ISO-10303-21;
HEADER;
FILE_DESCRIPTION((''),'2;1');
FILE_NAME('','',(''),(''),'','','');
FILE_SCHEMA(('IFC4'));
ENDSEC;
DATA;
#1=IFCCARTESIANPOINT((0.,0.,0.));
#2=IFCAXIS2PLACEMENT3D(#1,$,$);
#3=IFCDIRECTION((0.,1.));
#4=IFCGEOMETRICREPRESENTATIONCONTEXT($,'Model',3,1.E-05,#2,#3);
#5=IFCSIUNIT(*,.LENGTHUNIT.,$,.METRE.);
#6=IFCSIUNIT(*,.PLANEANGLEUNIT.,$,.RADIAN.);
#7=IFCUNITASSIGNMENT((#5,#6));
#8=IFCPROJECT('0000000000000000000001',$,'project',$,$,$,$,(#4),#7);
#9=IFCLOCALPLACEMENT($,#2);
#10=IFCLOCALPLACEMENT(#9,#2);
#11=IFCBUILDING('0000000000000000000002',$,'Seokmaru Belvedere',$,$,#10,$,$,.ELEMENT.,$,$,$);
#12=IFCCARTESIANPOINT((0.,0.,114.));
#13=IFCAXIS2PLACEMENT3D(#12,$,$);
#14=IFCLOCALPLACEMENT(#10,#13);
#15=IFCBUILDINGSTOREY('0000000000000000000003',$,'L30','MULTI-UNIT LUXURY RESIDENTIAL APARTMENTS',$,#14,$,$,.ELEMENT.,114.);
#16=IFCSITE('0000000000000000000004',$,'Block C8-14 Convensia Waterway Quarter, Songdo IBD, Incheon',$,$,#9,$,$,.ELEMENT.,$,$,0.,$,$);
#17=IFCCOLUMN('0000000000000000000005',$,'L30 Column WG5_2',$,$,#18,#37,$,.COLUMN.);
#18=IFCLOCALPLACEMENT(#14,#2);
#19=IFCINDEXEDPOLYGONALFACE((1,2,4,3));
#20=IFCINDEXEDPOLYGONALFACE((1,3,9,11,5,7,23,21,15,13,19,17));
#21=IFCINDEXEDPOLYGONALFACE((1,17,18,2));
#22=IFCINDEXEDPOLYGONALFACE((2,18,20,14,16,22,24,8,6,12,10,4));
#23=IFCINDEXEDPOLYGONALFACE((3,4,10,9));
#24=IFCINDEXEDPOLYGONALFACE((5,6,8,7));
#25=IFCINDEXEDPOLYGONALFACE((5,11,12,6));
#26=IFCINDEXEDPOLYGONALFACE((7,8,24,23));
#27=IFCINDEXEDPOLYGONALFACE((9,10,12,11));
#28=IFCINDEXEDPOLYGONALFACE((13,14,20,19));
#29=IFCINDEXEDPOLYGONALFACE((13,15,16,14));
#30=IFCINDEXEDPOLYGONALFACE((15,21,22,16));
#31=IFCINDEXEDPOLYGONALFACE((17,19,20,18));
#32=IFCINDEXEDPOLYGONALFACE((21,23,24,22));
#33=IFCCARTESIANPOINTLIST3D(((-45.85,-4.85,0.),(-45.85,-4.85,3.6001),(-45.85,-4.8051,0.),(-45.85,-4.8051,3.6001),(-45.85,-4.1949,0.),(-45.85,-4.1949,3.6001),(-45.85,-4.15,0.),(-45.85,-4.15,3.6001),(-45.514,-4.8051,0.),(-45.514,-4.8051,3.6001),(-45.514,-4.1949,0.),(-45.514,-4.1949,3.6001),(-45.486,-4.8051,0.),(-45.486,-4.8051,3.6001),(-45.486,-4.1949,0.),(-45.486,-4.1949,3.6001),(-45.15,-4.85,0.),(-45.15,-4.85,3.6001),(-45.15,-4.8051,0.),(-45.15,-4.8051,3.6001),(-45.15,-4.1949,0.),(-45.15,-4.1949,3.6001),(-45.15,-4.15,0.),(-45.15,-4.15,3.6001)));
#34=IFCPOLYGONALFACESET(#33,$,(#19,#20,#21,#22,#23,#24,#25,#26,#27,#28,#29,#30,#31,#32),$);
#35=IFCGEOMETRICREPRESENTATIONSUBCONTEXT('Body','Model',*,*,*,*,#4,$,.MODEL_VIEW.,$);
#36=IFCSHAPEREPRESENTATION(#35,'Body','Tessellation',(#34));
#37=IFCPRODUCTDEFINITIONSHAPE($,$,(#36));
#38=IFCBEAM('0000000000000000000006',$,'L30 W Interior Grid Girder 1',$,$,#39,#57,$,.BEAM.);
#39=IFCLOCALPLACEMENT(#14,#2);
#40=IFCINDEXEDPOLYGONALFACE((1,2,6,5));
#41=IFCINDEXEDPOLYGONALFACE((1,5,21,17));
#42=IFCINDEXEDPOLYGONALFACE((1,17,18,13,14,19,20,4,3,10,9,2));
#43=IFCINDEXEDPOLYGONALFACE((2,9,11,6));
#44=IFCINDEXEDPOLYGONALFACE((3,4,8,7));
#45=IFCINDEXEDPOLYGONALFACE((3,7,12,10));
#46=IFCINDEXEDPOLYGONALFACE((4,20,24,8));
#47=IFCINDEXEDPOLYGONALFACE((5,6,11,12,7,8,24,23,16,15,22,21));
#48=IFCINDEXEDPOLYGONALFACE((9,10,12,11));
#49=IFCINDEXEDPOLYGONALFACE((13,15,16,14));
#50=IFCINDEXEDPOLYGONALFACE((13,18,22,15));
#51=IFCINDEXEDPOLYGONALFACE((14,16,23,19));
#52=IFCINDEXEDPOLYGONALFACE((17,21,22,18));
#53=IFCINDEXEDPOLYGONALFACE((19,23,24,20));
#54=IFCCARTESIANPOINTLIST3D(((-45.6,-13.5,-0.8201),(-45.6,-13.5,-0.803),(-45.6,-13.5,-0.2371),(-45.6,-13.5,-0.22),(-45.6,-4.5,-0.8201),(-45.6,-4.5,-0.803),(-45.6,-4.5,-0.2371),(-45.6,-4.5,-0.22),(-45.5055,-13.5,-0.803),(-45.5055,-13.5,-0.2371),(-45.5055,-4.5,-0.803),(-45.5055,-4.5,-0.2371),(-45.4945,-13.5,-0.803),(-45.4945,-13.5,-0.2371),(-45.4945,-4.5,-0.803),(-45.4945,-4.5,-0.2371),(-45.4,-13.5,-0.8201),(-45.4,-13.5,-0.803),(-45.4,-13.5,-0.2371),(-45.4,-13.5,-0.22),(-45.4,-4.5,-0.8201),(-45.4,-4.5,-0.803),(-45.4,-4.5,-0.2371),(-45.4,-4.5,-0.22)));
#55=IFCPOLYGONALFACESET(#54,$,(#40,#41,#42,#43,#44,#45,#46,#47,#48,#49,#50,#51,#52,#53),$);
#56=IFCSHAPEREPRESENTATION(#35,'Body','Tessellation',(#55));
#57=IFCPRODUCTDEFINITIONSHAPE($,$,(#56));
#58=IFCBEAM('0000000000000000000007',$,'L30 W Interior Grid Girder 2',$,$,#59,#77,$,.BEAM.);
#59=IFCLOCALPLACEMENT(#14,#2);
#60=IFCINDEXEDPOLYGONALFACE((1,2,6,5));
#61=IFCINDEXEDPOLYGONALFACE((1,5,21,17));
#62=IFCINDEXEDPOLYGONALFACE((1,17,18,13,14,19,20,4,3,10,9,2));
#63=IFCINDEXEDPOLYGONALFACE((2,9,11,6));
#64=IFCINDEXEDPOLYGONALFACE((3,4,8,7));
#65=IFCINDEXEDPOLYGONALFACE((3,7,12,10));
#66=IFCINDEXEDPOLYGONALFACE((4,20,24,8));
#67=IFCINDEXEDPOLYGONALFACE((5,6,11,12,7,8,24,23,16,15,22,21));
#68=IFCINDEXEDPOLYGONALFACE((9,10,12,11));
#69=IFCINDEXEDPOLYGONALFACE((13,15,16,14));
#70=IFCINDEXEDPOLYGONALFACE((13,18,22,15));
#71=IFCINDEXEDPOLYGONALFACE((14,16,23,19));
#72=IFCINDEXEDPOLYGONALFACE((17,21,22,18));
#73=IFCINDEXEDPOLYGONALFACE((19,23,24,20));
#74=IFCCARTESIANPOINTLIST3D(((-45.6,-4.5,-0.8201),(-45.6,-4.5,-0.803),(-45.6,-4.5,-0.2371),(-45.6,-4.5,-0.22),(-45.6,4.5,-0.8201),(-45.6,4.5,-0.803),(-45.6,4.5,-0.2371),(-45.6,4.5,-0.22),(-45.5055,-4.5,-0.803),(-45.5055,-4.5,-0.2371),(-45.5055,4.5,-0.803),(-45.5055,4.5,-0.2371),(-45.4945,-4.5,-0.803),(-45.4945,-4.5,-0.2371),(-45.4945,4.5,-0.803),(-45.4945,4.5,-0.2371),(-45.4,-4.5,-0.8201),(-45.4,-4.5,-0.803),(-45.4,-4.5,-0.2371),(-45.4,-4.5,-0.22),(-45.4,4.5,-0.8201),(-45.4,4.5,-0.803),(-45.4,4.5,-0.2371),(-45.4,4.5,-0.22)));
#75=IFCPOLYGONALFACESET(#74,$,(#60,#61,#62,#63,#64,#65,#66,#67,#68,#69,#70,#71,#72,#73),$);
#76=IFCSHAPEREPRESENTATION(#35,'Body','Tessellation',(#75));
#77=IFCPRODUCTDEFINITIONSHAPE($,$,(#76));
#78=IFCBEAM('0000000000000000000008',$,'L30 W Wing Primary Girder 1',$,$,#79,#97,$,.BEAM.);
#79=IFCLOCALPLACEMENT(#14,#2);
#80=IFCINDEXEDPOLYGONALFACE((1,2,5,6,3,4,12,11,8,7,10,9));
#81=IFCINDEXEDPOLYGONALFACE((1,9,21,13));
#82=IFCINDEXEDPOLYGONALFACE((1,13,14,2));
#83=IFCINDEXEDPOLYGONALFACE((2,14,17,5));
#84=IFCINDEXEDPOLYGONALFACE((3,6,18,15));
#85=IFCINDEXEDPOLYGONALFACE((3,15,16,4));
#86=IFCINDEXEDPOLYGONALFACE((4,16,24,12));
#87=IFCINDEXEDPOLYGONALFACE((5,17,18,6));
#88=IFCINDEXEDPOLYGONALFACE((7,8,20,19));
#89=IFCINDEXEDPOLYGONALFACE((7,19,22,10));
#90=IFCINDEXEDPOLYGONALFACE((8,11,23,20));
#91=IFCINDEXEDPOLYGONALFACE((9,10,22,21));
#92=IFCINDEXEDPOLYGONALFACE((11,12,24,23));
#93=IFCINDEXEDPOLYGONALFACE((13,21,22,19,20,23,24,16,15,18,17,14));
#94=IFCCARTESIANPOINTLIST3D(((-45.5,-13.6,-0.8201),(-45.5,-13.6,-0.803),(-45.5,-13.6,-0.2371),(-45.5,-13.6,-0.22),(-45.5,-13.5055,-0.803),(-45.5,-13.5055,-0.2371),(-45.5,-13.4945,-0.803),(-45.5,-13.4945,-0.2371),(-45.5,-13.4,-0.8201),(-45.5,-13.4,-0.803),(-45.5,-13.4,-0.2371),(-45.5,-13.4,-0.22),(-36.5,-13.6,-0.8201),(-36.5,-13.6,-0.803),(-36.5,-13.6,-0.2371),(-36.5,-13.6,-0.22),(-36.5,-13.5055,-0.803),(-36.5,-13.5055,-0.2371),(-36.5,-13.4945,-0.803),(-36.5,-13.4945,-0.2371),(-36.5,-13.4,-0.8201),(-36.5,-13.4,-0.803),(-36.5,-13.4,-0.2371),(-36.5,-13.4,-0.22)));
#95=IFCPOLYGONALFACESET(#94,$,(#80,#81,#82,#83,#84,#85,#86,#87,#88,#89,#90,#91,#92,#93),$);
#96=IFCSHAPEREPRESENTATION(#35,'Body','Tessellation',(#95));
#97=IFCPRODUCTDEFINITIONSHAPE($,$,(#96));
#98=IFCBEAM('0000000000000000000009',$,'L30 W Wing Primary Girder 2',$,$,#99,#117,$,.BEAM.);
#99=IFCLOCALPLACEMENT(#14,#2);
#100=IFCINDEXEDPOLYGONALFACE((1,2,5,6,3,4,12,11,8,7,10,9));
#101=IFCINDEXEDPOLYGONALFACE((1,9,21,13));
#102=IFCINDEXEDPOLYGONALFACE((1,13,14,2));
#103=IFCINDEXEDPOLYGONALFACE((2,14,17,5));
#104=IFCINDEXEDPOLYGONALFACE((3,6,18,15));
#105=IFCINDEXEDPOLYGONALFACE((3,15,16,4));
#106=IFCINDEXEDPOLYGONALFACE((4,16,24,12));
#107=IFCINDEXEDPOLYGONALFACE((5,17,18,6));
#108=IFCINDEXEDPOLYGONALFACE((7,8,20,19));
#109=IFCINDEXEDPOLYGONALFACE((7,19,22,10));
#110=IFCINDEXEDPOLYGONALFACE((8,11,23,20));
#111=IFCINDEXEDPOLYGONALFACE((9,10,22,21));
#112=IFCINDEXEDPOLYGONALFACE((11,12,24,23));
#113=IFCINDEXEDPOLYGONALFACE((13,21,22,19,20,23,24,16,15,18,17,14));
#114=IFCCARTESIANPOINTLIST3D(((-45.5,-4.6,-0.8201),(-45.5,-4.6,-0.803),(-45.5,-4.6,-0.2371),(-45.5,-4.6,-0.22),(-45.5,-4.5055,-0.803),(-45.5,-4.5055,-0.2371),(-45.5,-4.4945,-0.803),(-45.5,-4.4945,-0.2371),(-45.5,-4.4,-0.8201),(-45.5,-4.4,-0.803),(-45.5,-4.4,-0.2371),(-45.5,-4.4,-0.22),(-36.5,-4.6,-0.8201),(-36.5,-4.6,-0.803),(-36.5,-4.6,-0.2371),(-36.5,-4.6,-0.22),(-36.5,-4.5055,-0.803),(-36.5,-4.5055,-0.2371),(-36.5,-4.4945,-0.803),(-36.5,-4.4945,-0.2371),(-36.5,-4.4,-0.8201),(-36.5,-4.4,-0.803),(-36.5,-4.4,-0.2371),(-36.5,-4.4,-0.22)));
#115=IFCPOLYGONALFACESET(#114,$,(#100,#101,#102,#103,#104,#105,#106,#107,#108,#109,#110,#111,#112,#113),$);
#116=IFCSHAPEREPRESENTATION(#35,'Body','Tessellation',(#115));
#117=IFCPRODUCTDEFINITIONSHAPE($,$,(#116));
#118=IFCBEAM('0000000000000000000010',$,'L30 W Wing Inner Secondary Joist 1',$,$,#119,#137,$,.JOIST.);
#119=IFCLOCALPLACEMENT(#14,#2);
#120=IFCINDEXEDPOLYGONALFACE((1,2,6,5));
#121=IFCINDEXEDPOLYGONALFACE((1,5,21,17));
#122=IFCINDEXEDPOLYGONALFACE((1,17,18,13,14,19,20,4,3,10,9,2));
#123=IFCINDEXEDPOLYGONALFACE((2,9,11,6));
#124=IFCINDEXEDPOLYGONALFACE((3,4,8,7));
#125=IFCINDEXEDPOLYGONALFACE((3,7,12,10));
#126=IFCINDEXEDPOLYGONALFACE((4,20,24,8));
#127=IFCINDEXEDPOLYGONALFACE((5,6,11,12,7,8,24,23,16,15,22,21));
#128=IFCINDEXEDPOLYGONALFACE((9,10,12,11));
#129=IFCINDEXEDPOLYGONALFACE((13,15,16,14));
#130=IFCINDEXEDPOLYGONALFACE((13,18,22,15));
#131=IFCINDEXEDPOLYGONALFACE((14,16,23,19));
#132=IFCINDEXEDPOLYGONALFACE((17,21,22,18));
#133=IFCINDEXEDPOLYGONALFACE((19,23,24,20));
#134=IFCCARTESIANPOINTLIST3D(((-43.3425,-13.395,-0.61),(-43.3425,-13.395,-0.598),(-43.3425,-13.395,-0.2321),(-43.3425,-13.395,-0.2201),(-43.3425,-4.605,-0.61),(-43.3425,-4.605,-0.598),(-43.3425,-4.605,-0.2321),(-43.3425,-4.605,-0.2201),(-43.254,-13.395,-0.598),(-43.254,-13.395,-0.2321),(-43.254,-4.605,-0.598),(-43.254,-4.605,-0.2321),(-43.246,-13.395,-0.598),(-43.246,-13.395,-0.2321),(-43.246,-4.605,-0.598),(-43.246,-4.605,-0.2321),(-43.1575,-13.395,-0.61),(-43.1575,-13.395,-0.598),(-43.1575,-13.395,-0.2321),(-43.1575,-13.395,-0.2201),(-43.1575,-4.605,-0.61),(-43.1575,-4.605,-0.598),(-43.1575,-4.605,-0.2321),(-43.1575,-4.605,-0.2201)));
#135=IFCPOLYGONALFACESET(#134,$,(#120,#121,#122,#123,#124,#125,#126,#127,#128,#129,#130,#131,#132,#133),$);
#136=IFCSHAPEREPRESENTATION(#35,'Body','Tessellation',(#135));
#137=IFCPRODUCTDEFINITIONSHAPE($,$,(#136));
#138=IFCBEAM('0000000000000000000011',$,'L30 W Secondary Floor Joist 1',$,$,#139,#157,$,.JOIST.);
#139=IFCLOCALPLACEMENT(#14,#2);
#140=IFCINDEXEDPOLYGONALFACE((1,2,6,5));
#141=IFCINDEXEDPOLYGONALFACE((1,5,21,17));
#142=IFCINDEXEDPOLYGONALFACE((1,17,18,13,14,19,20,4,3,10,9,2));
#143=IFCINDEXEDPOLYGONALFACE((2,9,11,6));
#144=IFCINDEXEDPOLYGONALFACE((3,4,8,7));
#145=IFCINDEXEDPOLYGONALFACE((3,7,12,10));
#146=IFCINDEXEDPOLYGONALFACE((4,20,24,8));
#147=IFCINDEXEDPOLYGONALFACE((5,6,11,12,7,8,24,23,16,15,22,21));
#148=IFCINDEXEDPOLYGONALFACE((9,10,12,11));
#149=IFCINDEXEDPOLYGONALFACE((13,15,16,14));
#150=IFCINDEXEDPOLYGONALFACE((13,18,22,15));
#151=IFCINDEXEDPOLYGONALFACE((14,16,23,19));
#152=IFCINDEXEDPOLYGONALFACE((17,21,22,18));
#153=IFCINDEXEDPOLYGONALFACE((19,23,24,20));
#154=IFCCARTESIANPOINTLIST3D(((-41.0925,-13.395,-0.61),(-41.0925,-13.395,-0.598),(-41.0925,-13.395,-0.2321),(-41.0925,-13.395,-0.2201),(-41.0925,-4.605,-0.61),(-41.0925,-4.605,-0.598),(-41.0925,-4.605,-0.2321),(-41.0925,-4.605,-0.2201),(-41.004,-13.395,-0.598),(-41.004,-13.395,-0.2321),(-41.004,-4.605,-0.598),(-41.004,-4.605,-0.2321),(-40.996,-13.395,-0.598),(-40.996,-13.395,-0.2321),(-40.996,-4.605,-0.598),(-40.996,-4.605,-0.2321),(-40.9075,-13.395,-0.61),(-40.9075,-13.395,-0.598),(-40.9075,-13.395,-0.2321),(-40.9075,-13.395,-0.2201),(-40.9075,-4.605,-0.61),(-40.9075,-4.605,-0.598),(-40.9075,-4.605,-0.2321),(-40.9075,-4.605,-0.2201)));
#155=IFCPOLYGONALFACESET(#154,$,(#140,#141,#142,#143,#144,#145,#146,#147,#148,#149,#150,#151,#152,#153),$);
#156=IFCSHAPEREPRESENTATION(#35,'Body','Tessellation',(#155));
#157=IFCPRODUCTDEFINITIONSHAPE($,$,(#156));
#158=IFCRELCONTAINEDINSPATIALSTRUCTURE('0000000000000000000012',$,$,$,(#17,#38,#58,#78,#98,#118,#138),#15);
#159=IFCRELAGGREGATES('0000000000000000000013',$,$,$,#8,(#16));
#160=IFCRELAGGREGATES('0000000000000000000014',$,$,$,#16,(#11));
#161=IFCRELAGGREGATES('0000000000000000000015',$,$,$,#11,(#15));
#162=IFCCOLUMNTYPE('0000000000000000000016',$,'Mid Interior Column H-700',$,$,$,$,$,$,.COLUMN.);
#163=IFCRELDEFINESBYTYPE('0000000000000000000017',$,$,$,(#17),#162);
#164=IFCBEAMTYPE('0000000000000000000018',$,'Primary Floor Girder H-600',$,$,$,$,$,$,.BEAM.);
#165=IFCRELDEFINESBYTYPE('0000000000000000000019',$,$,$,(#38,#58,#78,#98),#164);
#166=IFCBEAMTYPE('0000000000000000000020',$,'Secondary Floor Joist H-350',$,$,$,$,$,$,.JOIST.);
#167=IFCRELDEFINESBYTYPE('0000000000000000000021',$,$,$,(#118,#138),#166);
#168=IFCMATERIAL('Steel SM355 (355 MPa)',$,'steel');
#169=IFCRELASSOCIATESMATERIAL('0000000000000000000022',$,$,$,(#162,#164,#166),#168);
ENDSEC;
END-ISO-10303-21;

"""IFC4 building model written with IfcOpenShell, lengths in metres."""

from ifc_helpers import new_model, si_unit, direction, frame, origin, origin_2d, place, context, subcontext, project, spatial, i_section, extrude, source, transform, mapped, material, material_profile, profile_set, type_object, type_shapes, element, save


model = new_model("IFC4")

# Units and contexts
model_context = context("Model", 3, precision=1e-05, world=origin(), true_north=direction((0.0, 1.0)))
body_context = subcontext(model_context, "Body", "Model", "MODEL_VIEW")
ifc_project = project(units=[si_unit("LENGTHUNIT", "METRE"), si_unit("PLANEANGLEUNIT", "RADIAN")], contexts=[model_context])

# Site, building, storey
site_placement = place(None, origin())
site = spatial("IfcSite", under=ifc_project, at=site_placement, Name="Block C8-14 Convensia Waterway Quarter, Songdo IBD, Incheon", CompositionType="ELEMENT", RefElevation=0.0)
building_placement = place(site_placement, origin())
building = spatial("IfcBuilding", under=site, at=building_placement, Name="Seokmaru Belvedere", CompositionType="ELEMENT")
storey_placement = place(building_placement, frame((0.0, 0.0, 114.0)))
storey = spatial("IfcBuildingStorey", under=building, at=storey_placement, Name="L30", Description="MULTI-UNIT LUXURY RESIDENTIAL APARTMENTS", CompositionType="ELEMENT", Elevation=114.0)

# Column
ifc_material_1 = material(Name="Steel SM355 (355 MPa)", Category="steel")
ifc_material_profile_1 = material_profile(ifc_material_1, i_section(OverallWidth=0.7, OverallDepth=0.7, WebThickness=0.0281, FlangeThickness=0.0449, at=origin_2d()), Name="H-700x700x28x45")
ifc_profile_set_1 = profile_set([ifc_material_profile_1], Name="Steel SM355 (355 MPa)")
column_type = type_object("IfcColumnType", Name="Mid Interior Column H-700", PredefinedType="COLUMN", material=ifc_profile_set_1)
shared_shape_1 = source(origin(), body_context, "Body", "SweptSolid", [
    extrude(i_section(OverallWidth=0.7, OverallDepth=0.7, WebThickness=0.0281, FlangeThickness=0.0449, at=origin_2d()), origin(), (0.0, 0.0, 1.0), 3.6001),
])
type_shapes(column_type, [shared_shape_1])
column_placement = place(storey_placement, frame((-45.5, -4.5, 0.0), z_axis=(0.0, 0.0, 1.0), x_axis=(1.0, 0.0, 0.0)))
element("IfcColumn", 1, at=column_placement, inside=storey, type_object=column_type, Name="L30 Column WG5_2", PredefinedType="COLUMN", context=body_context, shape_type="MappedRepresentation", body=[
    mapped(shared_shape_1, transform((0.0, 0.0, 0.0), scale=1.0)),
])

# Beams
ifc_material_profile_2 = material_profile(ifc_material_1, i_section(OverallWidth=0.2, OverallDepth=0.6001, WebThickness=0.011, FlangeThickness=0.0171, at=origin_2d()), Name="H-600x200x11x17")
ifc_profile_set_2 = profile_set([ifc_material_profile_2], Name="Steel SM355 (355 MPa)")
beam_type_1 = type_object("IfcBeamType", Name="Primary Floor Girder H-600", PredefinedType="BEAM", material=ifc_profile_set_2)
shared_shape_2 = source(origin(), body_context, "Body", "SweptSolid", [
    extrude(i_section(OverallWidth=0.2, OverallDepth=0.6001, WebThickness=0.011, FlangeThickness=0.0171, at=origin_2d()), origin(), (0.0, 0.0, 1.0), 9.0),
])
type_shapes(beam_type_1, [shared_shape_2])
for number, where, z_axis, x_axis, name in (
    (2, (-45.5, -13.5, -0.52), (0.0, 1.0, 0.0), (-1.0, 0.0, 0.0), "L30 W Interior Grid Girder 1"),
    (3, (-45.5, -4.5, -0.52), (0.0, 1.0, 0.0), (-1.0, 0.0, 0.0), "L30 W Interior Grid Girder 2"),
    (4, (-45.5, -13.5, -0.52), (1.0, 0.0, 0.0), (0.0, 1.0, 0.0), "L30 W Wing Primary Girder 1"),
    (5, (-45.5, -4.5, -0.52), (1.0, 0.0, 0.0), (0.0, 1.0, 0.0), "L30 W Wing Primary Girder 2"),
):
    element("IfcBeam", number, at=place(storey_placement, frame(where, z_axis=z_axis, x_axis=x_axis)), inside=storey, type_object=beam_type_1, Name=name, PredefinedType="BEAM", context=body_context, shape_type="MappedRepresentation", body=[
        mapped(shared_shape_2, transform((0.0, 0.0, 0.0), scale=1.0)),
    ])
ifc_material_profile_3 = material_profile(ifc_material_1, i_section(OverallWidth=0.1851, OverallDepth=0.3899, WebThickness=0.0081, FlangeThickness=0.012, at=origin_2d()), Name="H-390x185x8x12")
ifc_profile_set_3 = profile_set([ifc_material_profile_3], Name="Steel SM355 (355 MPa)")
beam_type_2 = type_object("IfcBeamType", Name="Secondary Floor Joist H-350", PredefinedType="JOIST", material=ifc_profile_set_3)
shared_shape_3 = source(origin(), body_context, "Body", "SweptSolid", [
    extrude(i_section(OverallWidth=0.1851, OverallDepth=0.3899, WebThickness=0.0081, FlangeThickness=0.012, at=origin_2d()), origin(), (0.0, 0.0, 1.0), 8.79),
])
type_shapes(beam_type_2, [shared_shape_3])
for number, where, z_axis, x_axis, name in (
    (6, (-43.25, -13.395, -0.415), (0.0, 1.0, 0.0), (-1.0, 0.0, 0.0), "L30 W Wing Inner Secondary Joist 1"),
    (7, (-41.0, -13.395, -0.415), (0.0, 1.0, 0.0), (-1.0, 0.0, 0.0), "L30 W Secondary Floor Joist 1"),
):
    element("IfcBeam", number, at=place(storey_placement, frame(where, z_axis=z_axis, x_axis=x_axis)), inside=storey, type_object=beam_type_2, Name=name, PredefinedType="JOIST", context=body_context, shape_type="MappedRepresentation", body=[
        mapped(shared_shape_3, transform((0.0, 0.0, 0.0), scale=1.0)),
    ])

save(model, "model.ifc")
